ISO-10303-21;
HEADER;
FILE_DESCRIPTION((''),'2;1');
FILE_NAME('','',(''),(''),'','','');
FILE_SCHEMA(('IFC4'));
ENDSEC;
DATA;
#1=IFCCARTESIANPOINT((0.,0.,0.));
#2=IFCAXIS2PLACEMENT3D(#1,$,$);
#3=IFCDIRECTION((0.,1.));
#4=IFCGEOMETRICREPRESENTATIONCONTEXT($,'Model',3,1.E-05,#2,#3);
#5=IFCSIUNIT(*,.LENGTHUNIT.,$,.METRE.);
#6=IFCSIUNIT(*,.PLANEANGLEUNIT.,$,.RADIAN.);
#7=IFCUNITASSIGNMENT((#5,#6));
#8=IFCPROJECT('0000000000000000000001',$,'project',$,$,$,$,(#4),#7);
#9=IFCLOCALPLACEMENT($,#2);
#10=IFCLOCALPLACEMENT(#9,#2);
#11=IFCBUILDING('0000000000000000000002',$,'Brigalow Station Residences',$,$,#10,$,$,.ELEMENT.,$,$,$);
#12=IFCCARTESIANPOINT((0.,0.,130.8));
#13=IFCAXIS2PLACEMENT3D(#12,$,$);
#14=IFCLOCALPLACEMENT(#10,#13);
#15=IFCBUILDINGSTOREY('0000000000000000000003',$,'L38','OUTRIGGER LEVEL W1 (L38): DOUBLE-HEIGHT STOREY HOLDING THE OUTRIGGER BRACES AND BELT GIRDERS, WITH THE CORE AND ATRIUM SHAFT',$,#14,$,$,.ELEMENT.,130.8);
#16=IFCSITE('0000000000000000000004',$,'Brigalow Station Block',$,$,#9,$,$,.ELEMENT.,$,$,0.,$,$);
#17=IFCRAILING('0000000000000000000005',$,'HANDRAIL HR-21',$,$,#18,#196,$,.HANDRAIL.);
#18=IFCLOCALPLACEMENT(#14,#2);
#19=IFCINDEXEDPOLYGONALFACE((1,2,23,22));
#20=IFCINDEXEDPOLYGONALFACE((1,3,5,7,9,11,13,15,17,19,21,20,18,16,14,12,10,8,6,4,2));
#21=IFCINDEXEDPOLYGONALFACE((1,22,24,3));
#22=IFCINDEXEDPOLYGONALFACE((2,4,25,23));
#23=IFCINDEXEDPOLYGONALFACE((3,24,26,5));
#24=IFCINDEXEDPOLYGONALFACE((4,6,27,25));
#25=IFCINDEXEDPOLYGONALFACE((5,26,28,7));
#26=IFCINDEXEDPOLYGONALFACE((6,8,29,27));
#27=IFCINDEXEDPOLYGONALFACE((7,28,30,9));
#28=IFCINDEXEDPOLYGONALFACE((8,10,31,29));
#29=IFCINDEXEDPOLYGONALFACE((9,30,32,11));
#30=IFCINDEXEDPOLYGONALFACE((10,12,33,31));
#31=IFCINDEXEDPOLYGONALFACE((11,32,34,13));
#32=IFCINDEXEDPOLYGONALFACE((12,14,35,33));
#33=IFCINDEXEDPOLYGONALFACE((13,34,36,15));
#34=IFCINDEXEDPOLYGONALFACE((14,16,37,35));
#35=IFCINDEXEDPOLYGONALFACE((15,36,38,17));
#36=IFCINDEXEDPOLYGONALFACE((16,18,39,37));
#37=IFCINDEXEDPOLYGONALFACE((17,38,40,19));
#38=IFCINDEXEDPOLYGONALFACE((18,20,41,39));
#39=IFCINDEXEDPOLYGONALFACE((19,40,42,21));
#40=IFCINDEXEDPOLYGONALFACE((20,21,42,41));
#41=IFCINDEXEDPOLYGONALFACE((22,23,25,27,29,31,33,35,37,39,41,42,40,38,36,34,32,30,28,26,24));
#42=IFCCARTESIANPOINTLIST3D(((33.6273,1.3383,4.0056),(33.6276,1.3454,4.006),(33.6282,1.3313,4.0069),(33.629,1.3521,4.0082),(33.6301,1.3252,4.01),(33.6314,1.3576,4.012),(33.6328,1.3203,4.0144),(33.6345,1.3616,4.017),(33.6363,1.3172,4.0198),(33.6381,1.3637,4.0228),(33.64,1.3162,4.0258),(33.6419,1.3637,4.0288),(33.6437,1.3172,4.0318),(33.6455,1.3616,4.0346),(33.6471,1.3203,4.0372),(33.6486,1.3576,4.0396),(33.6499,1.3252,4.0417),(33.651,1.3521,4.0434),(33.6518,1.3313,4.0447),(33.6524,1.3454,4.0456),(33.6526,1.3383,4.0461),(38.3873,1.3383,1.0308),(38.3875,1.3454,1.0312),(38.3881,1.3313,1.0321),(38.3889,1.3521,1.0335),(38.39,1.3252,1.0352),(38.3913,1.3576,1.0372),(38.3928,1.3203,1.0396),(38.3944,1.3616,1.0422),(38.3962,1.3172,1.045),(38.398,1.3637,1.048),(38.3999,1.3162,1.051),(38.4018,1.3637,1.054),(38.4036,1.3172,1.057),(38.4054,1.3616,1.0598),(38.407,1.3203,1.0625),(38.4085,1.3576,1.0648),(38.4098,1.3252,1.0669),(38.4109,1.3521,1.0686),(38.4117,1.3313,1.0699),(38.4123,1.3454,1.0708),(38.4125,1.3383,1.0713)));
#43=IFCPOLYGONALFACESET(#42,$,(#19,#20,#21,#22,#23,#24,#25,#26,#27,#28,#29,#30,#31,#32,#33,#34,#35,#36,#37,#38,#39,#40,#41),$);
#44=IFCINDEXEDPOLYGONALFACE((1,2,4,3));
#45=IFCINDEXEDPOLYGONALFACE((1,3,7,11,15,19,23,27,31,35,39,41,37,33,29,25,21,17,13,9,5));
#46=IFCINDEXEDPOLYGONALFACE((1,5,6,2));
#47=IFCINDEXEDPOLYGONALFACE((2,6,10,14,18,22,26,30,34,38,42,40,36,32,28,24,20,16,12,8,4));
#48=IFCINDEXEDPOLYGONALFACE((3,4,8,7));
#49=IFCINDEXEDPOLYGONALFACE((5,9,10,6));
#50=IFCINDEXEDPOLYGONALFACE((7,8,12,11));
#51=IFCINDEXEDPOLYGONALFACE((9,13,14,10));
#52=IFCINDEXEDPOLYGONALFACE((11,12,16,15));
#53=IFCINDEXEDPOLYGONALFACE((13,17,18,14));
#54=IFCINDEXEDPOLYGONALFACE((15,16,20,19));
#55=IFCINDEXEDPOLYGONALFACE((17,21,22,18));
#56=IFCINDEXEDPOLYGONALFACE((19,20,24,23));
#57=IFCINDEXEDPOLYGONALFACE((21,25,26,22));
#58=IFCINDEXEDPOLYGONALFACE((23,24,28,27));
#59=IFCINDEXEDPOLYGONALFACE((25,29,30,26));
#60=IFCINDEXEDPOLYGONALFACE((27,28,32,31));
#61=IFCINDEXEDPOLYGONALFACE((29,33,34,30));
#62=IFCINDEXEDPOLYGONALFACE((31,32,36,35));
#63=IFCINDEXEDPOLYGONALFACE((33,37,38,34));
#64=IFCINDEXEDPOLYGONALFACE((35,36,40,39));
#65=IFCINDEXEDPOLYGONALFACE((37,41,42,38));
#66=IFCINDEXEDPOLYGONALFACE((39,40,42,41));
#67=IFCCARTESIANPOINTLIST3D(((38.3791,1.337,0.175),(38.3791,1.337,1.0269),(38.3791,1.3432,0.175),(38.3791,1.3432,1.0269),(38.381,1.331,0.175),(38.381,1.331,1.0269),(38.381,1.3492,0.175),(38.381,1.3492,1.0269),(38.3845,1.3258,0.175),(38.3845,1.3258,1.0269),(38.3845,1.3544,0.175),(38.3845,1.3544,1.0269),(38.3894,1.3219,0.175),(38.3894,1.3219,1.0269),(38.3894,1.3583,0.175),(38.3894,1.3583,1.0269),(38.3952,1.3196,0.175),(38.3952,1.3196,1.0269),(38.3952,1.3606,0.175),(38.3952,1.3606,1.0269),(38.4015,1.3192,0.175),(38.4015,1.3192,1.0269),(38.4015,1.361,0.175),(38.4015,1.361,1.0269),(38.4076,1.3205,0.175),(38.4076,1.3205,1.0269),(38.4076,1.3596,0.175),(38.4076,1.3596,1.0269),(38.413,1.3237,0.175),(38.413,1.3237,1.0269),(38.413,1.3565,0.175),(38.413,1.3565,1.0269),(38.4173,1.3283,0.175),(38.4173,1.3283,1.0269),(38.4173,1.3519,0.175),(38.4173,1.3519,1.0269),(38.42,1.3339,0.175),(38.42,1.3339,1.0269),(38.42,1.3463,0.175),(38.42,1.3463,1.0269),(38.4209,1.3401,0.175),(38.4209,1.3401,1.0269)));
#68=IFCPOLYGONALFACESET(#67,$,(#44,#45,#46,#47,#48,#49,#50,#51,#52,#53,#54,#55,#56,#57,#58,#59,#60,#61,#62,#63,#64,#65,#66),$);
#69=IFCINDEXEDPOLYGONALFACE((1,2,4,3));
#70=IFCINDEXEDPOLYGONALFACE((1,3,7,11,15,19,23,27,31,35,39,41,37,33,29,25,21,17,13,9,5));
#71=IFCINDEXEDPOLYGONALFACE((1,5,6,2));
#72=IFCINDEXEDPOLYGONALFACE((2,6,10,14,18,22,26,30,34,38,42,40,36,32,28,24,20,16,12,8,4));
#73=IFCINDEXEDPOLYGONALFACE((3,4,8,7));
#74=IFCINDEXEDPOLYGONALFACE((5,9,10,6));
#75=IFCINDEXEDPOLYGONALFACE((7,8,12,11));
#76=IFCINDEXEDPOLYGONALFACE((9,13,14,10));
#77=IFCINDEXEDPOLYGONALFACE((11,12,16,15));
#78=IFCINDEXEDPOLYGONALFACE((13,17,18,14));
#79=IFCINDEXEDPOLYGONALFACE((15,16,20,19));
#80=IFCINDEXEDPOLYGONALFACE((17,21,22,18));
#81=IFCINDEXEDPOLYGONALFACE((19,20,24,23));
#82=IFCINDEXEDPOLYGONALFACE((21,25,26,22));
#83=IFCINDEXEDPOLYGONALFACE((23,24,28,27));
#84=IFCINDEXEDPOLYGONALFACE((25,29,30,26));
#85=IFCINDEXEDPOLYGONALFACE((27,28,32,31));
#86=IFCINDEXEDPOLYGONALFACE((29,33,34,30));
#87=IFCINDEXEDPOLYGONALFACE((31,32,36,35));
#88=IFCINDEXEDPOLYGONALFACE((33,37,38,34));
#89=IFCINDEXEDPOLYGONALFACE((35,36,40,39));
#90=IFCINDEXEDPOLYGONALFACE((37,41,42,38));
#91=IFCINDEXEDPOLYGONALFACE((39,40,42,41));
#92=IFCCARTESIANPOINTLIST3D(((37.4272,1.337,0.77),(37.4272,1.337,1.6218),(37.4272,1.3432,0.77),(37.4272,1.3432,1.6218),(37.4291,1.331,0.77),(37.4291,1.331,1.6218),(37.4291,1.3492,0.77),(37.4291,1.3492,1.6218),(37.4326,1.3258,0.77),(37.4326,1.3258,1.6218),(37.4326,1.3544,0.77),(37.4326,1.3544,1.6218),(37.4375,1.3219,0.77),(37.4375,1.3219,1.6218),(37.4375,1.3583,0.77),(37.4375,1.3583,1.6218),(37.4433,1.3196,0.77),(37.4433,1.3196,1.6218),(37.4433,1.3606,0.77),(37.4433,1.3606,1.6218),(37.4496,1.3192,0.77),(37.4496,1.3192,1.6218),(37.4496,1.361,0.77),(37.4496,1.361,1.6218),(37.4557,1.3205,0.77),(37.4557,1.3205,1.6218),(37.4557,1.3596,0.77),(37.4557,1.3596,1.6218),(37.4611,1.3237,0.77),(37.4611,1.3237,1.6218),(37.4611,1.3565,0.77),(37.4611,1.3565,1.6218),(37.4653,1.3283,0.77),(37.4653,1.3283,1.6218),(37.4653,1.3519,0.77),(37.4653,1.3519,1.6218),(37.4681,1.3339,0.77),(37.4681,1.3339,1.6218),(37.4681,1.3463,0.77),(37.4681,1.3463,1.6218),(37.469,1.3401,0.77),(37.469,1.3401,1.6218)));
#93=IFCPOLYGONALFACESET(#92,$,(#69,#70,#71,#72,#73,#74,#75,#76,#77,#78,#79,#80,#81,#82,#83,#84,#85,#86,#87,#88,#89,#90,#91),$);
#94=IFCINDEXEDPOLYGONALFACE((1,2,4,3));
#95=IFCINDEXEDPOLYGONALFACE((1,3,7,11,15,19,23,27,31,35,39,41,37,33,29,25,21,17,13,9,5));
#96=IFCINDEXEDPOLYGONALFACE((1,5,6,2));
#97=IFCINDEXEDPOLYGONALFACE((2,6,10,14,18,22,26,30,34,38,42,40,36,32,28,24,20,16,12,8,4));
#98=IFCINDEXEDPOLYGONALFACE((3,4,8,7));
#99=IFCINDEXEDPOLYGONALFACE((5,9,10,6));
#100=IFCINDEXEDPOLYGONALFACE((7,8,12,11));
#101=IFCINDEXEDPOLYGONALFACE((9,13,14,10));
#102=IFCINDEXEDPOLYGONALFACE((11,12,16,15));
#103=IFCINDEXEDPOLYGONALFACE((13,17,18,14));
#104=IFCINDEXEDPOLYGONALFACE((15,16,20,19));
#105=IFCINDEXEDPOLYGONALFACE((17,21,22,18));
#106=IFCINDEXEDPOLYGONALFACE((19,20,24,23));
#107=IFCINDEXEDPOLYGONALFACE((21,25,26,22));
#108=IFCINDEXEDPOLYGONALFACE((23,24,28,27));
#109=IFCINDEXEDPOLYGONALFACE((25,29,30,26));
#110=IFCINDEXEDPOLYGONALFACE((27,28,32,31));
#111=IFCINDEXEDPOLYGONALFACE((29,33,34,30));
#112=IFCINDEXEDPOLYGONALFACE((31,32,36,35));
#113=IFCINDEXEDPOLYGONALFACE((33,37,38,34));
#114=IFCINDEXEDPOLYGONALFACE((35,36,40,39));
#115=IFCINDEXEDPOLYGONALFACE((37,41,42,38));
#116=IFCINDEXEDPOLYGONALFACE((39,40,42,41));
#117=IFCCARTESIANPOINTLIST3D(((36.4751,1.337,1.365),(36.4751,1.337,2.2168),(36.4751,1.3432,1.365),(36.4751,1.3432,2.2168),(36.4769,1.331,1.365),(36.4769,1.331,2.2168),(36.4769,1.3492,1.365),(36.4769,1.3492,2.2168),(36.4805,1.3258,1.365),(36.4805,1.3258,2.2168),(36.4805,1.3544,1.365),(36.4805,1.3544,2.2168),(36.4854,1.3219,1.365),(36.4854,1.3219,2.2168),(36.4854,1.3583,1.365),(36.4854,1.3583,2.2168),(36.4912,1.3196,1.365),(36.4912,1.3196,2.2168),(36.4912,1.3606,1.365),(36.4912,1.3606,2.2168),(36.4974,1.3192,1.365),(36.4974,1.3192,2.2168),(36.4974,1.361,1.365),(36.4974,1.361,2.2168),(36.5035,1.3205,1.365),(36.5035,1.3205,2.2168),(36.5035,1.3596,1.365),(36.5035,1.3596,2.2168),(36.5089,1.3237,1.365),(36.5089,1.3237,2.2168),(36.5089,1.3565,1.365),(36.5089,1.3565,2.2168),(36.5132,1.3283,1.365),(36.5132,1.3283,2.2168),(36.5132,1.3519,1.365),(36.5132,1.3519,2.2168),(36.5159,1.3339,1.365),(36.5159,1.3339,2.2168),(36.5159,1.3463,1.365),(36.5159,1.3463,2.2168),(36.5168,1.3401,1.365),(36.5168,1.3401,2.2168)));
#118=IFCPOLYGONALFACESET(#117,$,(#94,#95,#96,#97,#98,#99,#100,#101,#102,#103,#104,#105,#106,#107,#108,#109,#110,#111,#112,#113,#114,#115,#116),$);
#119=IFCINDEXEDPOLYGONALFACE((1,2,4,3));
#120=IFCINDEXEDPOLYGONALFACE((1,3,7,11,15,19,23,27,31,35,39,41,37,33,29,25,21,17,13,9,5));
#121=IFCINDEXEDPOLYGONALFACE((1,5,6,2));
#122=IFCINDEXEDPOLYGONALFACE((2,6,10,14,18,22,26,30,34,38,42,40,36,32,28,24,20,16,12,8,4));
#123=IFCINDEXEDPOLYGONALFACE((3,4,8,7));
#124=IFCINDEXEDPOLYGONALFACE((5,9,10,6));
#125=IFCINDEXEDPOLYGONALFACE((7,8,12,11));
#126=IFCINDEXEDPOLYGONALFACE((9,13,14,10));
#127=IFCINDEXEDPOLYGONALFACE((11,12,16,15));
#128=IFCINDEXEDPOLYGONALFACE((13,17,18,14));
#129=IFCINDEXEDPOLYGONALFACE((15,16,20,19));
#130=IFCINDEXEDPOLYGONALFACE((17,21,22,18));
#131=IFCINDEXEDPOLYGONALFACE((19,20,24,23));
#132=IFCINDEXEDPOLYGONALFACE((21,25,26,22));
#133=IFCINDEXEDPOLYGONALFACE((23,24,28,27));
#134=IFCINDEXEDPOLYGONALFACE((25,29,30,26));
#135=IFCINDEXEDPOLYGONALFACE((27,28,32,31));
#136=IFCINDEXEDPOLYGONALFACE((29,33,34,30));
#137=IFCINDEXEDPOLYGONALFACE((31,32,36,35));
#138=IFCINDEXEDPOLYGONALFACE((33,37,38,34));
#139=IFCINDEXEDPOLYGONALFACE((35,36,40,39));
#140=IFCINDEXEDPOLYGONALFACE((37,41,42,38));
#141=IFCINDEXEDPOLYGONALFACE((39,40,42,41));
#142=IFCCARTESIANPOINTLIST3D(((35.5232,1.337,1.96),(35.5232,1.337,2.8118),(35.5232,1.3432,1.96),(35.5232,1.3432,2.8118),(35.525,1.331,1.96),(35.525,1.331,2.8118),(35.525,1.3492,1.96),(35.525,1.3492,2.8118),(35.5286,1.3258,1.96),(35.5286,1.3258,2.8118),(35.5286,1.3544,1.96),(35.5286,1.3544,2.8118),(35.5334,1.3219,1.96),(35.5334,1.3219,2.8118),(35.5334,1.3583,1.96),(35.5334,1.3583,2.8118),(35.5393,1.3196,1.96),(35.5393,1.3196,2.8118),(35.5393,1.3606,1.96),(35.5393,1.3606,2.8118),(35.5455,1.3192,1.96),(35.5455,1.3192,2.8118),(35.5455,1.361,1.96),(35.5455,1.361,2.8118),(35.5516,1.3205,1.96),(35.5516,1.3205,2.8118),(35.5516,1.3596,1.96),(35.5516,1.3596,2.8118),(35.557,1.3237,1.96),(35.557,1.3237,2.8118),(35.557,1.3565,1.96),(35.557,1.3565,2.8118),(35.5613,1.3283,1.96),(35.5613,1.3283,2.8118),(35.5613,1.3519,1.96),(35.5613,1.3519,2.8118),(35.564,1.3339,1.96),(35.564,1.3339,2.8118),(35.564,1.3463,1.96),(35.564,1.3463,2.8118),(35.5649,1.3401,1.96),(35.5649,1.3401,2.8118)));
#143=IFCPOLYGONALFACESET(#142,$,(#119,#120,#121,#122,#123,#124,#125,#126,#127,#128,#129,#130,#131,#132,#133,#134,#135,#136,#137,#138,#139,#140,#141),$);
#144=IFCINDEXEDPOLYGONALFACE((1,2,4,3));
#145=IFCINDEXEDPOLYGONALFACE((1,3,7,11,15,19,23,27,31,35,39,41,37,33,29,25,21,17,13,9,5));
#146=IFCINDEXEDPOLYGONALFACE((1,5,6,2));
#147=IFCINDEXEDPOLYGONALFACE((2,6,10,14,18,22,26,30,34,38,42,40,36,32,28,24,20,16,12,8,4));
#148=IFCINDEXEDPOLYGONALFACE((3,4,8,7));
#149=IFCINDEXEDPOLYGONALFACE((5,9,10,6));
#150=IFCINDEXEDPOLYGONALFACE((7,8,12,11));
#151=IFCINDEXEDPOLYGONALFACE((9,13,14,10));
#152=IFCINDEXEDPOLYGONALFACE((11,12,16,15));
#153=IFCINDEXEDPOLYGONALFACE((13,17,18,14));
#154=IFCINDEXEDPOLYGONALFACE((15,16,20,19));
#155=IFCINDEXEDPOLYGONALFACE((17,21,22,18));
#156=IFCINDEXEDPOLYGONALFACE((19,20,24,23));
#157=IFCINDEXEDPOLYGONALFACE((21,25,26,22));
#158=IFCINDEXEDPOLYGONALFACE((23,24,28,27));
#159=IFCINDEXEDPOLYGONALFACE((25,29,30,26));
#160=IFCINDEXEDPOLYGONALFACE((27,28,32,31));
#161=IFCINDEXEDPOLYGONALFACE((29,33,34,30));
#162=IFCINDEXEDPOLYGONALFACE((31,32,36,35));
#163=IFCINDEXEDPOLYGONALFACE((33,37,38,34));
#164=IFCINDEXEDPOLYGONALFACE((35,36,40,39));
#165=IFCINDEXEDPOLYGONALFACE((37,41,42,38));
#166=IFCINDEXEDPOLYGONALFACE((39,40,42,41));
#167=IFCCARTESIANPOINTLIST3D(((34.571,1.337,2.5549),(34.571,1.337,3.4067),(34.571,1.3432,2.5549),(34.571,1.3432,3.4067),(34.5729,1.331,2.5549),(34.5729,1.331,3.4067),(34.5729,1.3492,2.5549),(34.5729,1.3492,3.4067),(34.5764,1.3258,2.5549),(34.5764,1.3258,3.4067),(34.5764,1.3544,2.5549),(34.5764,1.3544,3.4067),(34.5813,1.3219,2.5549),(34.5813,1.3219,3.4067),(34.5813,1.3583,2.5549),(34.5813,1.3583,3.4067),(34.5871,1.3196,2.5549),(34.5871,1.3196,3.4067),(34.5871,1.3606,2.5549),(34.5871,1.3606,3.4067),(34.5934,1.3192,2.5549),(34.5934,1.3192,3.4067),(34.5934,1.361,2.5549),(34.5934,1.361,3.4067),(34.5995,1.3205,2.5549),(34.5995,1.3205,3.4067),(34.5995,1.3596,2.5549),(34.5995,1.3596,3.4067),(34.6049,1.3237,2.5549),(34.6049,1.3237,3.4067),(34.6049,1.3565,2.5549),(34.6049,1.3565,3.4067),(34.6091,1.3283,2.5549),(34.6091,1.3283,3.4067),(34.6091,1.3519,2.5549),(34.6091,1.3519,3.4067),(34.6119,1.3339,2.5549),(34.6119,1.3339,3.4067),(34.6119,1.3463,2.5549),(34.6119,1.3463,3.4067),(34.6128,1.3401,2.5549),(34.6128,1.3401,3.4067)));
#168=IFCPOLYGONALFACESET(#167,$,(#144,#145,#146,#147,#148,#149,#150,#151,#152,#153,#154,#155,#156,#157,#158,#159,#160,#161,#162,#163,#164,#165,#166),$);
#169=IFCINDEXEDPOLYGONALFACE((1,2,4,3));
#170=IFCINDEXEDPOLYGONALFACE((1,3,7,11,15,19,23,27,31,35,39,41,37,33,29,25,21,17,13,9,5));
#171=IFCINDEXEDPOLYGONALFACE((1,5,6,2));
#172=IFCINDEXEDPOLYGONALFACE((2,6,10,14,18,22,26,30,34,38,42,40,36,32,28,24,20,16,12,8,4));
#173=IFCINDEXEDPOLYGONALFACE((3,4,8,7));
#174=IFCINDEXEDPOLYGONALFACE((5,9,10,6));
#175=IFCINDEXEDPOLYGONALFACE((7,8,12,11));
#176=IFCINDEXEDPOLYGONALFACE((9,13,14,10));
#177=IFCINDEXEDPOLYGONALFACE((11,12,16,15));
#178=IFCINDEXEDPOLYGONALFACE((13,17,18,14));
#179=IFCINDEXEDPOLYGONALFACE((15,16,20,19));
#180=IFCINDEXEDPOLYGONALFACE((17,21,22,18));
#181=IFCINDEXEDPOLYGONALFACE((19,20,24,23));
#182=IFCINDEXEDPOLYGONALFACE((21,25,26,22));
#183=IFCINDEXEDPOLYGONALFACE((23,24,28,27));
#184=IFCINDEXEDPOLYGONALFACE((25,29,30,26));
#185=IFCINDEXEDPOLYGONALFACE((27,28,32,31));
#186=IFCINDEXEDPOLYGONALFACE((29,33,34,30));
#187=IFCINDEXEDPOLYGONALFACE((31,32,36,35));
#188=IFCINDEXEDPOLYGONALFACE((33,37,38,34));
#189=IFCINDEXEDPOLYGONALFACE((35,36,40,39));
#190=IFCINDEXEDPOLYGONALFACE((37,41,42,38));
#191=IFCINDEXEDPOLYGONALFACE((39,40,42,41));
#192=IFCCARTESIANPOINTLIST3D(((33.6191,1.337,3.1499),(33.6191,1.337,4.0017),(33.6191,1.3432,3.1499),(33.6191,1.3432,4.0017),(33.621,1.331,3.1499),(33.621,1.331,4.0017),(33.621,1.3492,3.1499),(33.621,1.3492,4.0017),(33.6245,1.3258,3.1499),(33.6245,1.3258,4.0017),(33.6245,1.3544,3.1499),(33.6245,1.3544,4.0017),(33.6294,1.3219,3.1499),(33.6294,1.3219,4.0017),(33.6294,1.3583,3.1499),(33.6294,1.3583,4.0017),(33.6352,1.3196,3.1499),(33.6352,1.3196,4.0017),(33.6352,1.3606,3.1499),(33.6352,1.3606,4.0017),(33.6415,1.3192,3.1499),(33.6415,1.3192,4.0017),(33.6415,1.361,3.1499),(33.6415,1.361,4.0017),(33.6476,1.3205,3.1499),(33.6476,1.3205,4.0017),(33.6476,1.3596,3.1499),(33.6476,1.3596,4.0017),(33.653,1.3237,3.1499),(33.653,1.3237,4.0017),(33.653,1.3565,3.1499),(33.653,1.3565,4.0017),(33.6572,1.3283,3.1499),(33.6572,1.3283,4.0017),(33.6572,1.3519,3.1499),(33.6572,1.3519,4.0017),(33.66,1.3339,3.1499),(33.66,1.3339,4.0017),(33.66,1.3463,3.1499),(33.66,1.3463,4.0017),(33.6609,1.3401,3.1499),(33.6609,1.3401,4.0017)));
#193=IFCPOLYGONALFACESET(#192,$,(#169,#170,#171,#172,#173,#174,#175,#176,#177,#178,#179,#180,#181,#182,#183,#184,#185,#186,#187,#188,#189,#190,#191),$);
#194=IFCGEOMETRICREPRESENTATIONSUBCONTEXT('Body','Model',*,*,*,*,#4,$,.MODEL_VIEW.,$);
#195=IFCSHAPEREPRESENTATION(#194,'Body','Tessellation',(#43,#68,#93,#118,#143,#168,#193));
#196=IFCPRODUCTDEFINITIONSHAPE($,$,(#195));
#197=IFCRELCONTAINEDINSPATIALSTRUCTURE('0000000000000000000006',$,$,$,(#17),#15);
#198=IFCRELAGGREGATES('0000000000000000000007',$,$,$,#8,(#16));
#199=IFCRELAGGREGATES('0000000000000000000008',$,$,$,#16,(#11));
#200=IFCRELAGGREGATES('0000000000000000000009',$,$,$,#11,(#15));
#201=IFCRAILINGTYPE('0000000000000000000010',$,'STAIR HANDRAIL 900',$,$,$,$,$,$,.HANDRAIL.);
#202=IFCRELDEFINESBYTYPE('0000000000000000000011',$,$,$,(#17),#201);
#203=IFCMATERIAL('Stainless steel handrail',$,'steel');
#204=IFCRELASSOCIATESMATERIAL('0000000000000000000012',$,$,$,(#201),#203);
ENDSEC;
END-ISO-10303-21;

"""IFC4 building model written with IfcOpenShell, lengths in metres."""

from ifc_helpers import new_model, si_unit, direction, frame, origin, origin_2d, place, context, subcontext, project, spatial, circle, extrude, material, type_object, element, save


model = new_model("IFC4")

# Units and contexts
model_context = context("Model", 3, precision=1e-05, world=origin(), true_north=direction((0.0, 1.0)))
body_context = subcontext(model_context, "Body", "Model", "MODEL_VIEW")
ifc_project = project(units=[si_unit("LENGTHUNIT", "METRE"), si_unit("PLANEANGLEUNIT", "RADIAN")], contexts=[model_context])

# Site, building, storey
site_placement = place(None, origin())
site = spatial("IfcSite", under=ifc_project, at=site_placement, Name="Brigalow Station Block", CompositionType="ELEMENT", RefElevation=0.0)
building_placement = place(site_placement, origin())
building = spatial("IfcBuilding", under=site, at=building_placement, Name="Brigalow Station Residences", CompositionType="ELEMENT")
storey_placement = place(building_placement, frame((0.0, 0.0, 130.8)))
storey = spatial("IfcBuildingStorey", under=building, at=storey_placement, Name="L38", Description="OUTRIGGER LEVEL W1 (L38): DOUBLE-HEIGHT STOREY HOLDING THE OUTRIGGER BRACES AND BELT GIRDERS, WITH THE CORE AND ATRIUM SHAFT", CompositionType="ELEMENT", Elevation=130.8)

# Railing
ifc_material_1 = material(Name="Stainless steel handrail", Category="steel")
railing_type_1 = type_object("IfcRailingType", Name="STAIR HANDRAIL 900", PredefinedType="HANDRAIL", material=ifc_material_1)
railing_1_placement = place(storey_placement, frame((38.3999, 1.3401, 0.175)))
element("IfcRailing", 1, at=railing_1_placement, inside=storey, type_object=railing_type_1, Name="HANDRAIL HR-21", PredefinedType="HANDRAIL", context=body_context, shape_type="SweptSolid", body=[
    extrude(circle(Radius=0.0239, at=origin_2d()), frame((0.0, 0.0, 0.876), z_axis=(-0.848011, 0.0, 0.529979), x_axis=(0.0, -1.0, 0.0)), (0.0, 0.0, 1.0), 5.613),
    extrude(circle(Radius=0.021, at=origin_2d()), origin(), (0.0, 0.0, 1.0), 0.8518),
    extrude(circle(Radius=0.021, at=origin_2d()), frame((-0.9519, 0.0, 0.595)), (0.0, 0.0, 1.0), 0.8518),
    extrude(circle(Radius=0.021, at=origin_2d()), frame((-1.9041, 0.0, 1.1899)), (0.0, 0.0, 1.0), 0.8518),
    extrude(circle(Radius=0.021, at=origin_2d()), frame((-2.856, 0.0, 1.7849)), (0.0, 0.0, 1.0), 0.8518),
    extrude(circle(Radius=0.021, at=origin_2d()), frame((-3.8081, 0.0, 2.3799)), (0.0, 0.0, 1.0), 0.8518),
    extrude(circle(Radius=0.021, at=origin_2d()), frame((-4.76, 0.0, 2.9749)), (0.0, 0.0, 1.0), 0.8518),
])

save(model, "model.ifc")
